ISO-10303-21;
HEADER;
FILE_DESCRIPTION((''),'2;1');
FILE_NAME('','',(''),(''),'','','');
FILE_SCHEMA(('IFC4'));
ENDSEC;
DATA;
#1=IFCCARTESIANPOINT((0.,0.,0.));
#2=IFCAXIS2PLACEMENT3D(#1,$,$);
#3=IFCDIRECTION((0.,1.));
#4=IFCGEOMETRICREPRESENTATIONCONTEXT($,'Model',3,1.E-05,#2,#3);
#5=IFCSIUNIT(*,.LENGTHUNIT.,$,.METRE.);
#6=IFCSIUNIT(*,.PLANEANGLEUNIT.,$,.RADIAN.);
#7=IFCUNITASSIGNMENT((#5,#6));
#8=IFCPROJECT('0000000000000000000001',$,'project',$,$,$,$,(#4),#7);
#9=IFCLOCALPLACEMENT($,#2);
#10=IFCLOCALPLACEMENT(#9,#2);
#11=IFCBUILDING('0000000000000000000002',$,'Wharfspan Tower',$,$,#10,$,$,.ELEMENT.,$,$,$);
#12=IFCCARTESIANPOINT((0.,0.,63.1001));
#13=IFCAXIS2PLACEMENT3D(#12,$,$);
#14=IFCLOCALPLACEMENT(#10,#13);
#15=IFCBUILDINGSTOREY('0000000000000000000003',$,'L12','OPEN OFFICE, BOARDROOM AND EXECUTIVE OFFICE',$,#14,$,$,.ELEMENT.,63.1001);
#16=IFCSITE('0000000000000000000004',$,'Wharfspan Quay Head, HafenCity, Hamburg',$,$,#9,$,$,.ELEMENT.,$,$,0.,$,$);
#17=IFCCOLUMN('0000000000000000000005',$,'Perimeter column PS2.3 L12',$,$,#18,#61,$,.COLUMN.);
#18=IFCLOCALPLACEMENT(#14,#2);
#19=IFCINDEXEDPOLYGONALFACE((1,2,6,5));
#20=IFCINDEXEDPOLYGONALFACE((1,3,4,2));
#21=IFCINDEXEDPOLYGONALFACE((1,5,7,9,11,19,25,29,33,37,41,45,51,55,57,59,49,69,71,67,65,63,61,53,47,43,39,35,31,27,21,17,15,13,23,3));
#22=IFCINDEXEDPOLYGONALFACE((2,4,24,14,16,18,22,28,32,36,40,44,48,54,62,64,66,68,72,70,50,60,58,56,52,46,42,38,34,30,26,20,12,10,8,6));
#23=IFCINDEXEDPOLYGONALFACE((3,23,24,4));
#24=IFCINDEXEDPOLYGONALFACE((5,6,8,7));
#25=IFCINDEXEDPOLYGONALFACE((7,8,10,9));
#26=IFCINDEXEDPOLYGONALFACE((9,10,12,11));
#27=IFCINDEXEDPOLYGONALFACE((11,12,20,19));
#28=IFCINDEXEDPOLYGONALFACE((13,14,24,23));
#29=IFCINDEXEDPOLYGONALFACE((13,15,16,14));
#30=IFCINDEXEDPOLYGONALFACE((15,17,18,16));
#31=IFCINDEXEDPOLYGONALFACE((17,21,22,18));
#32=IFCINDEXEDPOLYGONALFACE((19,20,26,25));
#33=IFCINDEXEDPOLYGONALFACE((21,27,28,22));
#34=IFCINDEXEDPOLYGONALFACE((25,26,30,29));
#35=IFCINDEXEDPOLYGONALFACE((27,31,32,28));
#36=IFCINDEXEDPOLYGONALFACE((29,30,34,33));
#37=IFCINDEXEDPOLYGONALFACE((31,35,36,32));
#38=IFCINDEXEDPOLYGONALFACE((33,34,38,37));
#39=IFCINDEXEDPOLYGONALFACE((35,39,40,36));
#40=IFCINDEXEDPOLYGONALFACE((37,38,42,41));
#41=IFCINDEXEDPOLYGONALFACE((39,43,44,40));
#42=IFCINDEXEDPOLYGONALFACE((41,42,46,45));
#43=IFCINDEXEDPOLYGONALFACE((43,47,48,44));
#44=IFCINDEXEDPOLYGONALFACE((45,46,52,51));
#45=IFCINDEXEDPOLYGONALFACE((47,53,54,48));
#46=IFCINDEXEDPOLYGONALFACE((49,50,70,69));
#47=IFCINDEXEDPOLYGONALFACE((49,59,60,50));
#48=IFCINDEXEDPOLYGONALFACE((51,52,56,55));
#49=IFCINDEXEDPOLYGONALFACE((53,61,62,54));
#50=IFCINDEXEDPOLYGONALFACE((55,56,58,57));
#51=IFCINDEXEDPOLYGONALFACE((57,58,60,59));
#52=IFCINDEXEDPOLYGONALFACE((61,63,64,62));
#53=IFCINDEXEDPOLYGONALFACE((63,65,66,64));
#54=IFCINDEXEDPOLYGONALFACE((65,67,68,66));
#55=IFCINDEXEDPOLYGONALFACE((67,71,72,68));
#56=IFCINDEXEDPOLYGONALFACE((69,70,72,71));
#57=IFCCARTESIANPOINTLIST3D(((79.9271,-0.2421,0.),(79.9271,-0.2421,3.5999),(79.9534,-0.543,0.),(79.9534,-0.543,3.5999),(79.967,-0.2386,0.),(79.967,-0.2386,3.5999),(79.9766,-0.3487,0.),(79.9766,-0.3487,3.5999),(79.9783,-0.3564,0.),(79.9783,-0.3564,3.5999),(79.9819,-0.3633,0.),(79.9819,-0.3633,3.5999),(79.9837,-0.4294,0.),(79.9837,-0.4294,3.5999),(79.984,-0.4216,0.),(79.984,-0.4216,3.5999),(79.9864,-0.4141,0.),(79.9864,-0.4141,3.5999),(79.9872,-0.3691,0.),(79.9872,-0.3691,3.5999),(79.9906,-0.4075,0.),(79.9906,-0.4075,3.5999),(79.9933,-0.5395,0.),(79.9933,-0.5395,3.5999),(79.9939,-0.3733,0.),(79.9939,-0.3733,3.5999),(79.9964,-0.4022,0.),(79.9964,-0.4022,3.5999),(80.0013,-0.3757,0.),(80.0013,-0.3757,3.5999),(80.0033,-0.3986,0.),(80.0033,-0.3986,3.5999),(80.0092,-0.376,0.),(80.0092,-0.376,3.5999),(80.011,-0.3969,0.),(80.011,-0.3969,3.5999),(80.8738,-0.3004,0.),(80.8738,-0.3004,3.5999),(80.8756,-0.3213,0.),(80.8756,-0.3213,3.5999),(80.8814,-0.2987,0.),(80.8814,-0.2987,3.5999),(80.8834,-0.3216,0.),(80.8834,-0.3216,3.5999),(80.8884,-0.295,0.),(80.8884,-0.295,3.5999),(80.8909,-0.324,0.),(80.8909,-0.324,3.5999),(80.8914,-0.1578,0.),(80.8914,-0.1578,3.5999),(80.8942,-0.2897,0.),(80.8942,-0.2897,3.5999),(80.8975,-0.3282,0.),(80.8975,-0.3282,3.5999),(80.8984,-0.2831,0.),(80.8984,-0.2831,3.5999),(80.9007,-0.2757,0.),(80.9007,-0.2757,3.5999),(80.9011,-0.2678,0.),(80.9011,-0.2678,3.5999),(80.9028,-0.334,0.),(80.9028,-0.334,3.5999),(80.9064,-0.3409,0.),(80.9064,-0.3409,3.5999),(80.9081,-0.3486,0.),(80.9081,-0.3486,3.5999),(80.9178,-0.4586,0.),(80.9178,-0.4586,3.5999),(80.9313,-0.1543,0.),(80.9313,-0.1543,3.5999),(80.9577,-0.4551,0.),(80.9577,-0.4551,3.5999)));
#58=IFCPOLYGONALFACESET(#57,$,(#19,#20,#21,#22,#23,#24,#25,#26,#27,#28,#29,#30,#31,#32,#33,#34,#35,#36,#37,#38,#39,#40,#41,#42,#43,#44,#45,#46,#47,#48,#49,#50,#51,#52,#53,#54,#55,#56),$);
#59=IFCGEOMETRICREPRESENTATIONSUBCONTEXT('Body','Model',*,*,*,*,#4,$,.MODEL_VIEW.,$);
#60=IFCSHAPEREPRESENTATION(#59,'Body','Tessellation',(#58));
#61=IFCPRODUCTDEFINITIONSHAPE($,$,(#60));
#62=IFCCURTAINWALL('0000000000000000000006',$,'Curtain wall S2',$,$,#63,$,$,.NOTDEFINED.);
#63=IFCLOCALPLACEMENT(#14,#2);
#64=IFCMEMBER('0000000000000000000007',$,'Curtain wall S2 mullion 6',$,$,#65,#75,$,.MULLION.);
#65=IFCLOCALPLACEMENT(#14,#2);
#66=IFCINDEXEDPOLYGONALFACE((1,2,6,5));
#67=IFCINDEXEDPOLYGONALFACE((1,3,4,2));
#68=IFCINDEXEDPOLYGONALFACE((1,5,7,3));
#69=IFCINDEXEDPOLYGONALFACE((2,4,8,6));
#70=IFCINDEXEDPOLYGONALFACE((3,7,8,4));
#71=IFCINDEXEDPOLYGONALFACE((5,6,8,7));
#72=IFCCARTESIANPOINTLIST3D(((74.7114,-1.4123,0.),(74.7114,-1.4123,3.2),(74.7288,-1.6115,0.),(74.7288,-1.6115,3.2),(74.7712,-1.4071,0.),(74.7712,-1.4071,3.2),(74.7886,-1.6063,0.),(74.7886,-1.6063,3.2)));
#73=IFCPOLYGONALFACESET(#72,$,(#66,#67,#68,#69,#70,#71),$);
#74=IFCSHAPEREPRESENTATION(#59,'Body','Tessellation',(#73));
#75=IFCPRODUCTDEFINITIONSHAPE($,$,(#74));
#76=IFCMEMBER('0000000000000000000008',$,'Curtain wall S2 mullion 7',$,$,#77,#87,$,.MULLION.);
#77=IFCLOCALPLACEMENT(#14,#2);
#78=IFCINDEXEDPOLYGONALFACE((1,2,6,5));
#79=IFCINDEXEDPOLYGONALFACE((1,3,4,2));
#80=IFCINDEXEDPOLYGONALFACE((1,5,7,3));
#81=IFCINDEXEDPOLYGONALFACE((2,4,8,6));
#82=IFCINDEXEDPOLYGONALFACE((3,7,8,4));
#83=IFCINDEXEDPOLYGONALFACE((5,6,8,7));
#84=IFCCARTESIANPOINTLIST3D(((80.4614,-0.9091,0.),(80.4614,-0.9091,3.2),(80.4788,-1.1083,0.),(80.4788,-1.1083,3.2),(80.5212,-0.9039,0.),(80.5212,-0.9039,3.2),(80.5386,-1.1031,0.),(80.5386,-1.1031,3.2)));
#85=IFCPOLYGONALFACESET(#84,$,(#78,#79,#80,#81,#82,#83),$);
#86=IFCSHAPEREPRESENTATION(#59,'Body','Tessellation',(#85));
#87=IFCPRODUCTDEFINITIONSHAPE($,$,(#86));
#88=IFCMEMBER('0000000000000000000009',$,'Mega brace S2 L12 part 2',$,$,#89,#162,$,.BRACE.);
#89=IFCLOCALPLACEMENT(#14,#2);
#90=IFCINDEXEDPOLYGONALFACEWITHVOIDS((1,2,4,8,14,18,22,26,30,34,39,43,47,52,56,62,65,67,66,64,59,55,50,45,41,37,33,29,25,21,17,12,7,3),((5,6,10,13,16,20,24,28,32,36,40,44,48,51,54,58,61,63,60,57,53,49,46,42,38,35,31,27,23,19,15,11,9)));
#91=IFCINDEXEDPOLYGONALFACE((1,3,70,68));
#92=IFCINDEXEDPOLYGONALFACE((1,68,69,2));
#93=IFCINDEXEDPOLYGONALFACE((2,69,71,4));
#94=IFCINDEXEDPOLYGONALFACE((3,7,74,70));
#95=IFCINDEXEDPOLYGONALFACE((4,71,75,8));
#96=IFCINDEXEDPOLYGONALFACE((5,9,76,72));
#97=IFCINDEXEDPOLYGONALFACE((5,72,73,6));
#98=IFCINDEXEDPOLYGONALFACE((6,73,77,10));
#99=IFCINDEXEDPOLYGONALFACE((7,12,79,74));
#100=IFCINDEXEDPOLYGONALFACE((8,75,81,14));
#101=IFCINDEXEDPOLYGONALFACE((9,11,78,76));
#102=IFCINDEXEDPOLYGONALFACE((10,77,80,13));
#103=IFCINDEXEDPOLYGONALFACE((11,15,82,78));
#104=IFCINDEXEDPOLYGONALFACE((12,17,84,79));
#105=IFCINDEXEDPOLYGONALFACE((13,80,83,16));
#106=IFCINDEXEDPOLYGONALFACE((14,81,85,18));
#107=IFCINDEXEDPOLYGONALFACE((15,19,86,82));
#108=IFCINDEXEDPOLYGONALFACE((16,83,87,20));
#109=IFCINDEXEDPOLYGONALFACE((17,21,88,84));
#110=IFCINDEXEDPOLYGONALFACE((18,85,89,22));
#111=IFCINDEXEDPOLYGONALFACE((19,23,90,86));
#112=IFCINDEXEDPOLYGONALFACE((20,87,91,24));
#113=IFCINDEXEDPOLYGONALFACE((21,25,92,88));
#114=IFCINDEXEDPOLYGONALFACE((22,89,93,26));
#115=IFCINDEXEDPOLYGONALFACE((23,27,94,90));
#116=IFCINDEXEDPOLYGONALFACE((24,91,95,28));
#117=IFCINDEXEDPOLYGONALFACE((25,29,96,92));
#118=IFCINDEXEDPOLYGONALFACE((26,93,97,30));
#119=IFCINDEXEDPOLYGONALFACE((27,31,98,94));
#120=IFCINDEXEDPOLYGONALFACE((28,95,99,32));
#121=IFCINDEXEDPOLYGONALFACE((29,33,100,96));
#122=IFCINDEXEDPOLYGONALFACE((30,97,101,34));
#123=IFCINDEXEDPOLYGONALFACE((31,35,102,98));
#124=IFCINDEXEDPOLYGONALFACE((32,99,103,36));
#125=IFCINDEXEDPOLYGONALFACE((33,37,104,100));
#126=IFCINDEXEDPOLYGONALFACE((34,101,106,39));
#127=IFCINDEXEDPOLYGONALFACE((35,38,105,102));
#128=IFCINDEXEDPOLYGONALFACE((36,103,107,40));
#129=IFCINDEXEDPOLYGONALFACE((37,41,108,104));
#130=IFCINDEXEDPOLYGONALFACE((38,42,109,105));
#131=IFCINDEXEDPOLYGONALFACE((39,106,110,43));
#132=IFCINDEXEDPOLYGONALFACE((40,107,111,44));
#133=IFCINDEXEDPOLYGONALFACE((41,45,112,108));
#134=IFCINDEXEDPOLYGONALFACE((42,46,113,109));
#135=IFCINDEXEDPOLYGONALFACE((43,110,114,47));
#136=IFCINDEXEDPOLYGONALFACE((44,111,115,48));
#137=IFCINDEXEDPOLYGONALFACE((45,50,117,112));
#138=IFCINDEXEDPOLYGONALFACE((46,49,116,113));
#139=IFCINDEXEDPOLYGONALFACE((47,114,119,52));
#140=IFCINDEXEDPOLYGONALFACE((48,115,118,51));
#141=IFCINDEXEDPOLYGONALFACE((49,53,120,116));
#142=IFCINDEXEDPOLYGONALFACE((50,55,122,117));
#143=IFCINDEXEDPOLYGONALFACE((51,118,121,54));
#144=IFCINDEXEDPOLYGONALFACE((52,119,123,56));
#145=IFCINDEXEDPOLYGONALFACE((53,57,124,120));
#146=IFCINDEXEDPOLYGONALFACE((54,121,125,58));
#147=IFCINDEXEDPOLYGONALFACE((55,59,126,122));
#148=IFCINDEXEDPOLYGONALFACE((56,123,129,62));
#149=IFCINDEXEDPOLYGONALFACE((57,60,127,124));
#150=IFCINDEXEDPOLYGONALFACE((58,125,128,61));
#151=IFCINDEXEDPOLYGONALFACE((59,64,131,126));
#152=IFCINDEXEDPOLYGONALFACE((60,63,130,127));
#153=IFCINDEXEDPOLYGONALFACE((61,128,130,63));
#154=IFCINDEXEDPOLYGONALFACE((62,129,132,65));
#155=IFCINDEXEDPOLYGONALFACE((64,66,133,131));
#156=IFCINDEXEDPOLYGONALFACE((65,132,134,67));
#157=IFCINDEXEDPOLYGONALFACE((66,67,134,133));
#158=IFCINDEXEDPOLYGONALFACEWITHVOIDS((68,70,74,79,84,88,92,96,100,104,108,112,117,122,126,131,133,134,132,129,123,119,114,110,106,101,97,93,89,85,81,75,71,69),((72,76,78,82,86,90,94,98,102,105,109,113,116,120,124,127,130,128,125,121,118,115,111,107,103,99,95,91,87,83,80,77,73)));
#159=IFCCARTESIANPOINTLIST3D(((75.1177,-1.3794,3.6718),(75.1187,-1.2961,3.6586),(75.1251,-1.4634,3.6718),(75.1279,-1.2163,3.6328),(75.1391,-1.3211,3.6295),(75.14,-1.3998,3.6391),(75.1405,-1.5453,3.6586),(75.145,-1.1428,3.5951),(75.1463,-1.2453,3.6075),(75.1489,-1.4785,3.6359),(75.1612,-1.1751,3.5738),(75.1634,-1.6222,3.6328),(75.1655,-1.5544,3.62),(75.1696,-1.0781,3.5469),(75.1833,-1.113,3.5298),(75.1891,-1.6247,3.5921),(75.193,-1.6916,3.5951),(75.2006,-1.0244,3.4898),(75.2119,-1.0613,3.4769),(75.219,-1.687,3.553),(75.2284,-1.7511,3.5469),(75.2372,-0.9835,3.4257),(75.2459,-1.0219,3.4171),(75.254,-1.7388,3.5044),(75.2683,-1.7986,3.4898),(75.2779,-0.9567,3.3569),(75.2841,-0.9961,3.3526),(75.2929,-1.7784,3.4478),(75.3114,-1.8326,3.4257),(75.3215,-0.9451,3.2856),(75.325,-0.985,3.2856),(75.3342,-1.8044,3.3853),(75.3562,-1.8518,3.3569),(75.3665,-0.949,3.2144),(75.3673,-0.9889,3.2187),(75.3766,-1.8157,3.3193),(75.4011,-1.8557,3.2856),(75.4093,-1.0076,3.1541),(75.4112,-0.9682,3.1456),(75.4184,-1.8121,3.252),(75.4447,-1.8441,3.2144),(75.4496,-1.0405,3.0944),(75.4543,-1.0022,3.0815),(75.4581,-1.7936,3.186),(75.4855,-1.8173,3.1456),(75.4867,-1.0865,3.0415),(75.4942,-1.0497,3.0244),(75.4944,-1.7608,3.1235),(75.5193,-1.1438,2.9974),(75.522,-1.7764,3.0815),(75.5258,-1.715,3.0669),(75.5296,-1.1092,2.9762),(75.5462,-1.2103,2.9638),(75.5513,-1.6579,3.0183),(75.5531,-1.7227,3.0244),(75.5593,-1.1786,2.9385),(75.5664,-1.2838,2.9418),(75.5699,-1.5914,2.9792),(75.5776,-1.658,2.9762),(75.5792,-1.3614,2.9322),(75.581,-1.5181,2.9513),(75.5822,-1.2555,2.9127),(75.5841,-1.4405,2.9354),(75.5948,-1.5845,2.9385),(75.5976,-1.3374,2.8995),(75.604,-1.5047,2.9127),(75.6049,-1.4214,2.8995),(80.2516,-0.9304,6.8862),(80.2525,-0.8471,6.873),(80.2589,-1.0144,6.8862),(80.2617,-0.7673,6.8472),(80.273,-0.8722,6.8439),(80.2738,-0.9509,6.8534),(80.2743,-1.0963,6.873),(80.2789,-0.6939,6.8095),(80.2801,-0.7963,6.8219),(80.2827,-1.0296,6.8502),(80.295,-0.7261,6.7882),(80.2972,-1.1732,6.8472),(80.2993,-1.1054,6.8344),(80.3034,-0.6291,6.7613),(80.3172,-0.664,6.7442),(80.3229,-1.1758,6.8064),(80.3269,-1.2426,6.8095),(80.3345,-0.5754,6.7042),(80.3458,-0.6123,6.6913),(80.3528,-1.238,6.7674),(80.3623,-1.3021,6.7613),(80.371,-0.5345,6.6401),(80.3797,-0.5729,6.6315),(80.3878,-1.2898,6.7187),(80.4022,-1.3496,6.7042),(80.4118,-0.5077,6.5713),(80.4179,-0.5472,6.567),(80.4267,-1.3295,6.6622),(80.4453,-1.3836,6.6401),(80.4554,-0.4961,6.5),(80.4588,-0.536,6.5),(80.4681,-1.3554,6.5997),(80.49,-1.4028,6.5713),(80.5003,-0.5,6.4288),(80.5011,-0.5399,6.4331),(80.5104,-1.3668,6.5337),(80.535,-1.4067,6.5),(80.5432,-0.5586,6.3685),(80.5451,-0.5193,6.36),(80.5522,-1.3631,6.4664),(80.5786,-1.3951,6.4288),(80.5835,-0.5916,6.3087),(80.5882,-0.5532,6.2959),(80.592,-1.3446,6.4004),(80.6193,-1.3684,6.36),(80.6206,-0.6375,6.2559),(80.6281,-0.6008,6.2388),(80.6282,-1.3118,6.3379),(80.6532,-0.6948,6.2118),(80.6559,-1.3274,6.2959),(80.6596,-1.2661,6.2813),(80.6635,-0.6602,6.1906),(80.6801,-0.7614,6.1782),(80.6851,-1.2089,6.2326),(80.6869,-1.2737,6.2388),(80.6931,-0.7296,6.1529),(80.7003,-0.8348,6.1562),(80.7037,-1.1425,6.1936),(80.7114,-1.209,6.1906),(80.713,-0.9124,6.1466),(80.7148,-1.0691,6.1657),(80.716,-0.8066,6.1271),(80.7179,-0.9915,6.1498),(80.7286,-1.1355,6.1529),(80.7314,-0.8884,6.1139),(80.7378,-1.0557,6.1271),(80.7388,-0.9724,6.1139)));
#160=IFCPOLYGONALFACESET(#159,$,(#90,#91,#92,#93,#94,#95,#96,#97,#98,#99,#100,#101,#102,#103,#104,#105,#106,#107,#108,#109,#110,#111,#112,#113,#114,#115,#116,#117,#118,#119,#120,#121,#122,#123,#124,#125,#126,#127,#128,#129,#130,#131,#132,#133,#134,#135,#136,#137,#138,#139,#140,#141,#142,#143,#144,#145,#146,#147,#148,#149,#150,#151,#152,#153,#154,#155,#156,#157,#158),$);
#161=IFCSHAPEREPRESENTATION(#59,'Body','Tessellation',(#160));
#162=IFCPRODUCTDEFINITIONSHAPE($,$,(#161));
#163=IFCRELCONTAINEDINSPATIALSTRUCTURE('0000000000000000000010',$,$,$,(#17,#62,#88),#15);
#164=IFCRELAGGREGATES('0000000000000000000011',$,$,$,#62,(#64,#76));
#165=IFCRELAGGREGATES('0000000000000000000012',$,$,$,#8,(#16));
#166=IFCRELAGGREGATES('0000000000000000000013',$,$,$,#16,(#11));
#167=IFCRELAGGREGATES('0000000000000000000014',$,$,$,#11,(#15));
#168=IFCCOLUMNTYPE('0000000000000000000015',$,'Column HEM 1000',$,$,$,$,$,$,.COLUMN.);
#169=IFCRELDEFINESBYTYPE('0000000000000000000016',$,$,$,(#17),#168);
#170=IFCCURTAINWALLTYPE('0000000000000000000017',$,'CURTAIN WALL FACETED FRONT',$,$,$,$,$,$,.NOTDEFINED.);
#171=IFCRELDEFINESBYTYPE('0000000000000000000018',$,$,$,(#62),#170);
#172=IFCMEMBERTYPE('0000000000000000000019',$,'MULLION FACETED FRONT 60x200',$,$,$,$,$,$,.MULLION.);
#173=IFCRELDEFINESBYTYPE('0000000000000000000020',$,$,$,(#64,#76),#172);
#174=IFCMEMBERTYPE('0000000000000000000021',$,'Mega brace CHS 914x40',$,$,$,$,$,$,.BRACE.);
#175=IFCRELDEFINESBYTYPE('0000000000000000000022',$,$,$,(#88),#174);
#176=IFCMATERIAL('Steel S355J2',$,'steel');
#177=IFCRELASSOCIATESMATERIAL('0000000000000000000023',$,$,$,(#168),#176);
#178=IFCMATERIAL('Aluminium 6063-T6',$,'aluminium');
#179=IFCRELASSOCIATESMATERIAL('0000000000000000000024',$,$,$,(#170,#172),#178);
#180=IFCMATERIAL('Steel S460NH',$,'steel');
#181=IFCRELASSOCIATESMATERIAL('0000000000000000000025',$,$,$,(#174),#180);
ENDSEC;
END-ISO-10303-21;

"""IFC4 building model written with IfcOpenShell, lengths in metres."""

from ifc_helpers import new_model, si_unit, direction, frame, origin, origin_2d, place, context, subcontext, project, spatial, rectangle, hollow_circle, i_section, extrude, material, material_profile, profile_set, type_object, element, aggregate, save


model = new_model("IFC4")

# Units and contexts
model_context = context("Model", 3, precision=1e-05, world=origin(), true_north=direction((0.0, 1.0)))
body_context = subcontext(model_context, "Body", "Model", "MODEL_VIEW")
ifc_project = project(units=[si_unit("LENGTHUNIT", "METRE"), si_unit("PLANEANGLEUNIT", "RADIAN")], contexts=[model_context])

# Site, building, storey
site_placement = place(None, origin())
site = spatial("IfcSite", under=ifc_project, at=site_placement, Name="Wharfspan Quay Head, HafenCity, Hamburg", CompositionType="ELEMENT", RefElevation=0.0)
building_placement = place(site_placement, origin())
building = spatial("IfcBuilding", under=site, at=building_placement, Name="Wharfspan Tower", CompositionType="ELEMENT")
storey_placement = place(building_placement, frame((0.0, 0.0, 63.1001)))
storey = spatial("IfcBuildingStorey", under=building, at=storey_placement, Name="L12", Description="OPEN OFFICE, BOARDROOM AND EXECUTIVE OFFICE", CompositionType="ELEMENT", Elevation=63.1001)

# Column
ifc_material_1 = material(Name="Steel S355J2", Category="steel")
ifc_material_profile_1 = material_profile(ifc_material_1, i_section(OverallWidth=0.302, OverallDepth=1.0081, WebThickness=0.021, FlangeThickness=0.04, FilletRadius=0.03, at=origin_2d()))
ifc_profile_set_1 = profile_set([ifc_material_profile_1], Name="Steel S355J2")
column_type = type_object("IfcColumnType", Name="Column HEM 1000", PredefinedType="COLUMN", material=ifc_profile_set_1)
column_placement = place(storey_placement, frame((80.4424, -0.3486, 0.0), z_axis=(0.0, 0.0, 1.0), x_axis=(0.087156, -0.996198, 0.0)))
element("IfcColumn", 1, at=column_placement, inside=storey, type_object=column_type, Name="Perimeter column PS2.3 L12", PredefinedType="COLUMN", context=body_context, shape_type="SweptSolid", body=[
    extrude(i_section(OverallWidth=0.302, OverallDepth=1.0081, WebThickness=0.021, FlangeThickness=0.04, FilletRadius=0.03, at=origin_2d()), origin(), (0.0, 0.0, 1.0), 3.5999),
])

# Curtain wall, members
ifc_material_2 = material(Name="Aluminium 6063-T6", Category="aluminium")
curtain_wall_type = type_object("IfcCurtainWallType", Name="CURTAIN WALL FACETED FRONT", PredefinedType="NOTDEFINED", material=ifc_material_2)
curtain_wall_placement = place(storey_placement, origin())
curtain_wall = element("IfcCurtainWall", 2, at=curtain_wall_placement, inside=storey, type_object=curtain_wall_type, Name="Curtain wall S2", PredefinedType="NOTDEFINED")
ifc_material_profile_2 = material_profile(ifc_material_2, rectangle(XDim=0.2, YDim=0.0601, at=origin_2d()))
ifc_profile_set_2 = profile_set([ifc_material_profile_2], Name="Aluminium 6063-T6")
member_type_1 = type_object("IfcMemberType", Name="MULLION FACETED FRONT 60x200", PredefinedType="MULLION", material=ifc_profile_set_2)
member_1_placement = place(storey_placement, frame((74.75, -1.5093, 0.0), z_axis=(0.0, 0.0, 1.0), x_axis=(-0.087156, 0.996197, 0.0)))
member_1 = element("IfcMember", 3, at=member_1_placement, type_object=member_type_1, Name="Curtain wall S2 mullion 6", PredefinedType="MULLION", context=body_context, shape_type="SweptSolid", body=[
    extrude(rectangle(XDim=0.2, YDim=0.0601, at=origin_2d()), origin(), (0.0, 0.0, 1.0), 3.2),
])
member_2_placement = place(storey_placement, frame((80.5, -1.0061, 0.0), z_axis=(0.0, 0.0, 1.0), x_axis=(-0.087156, 0.996197, 0.0)))
member_2 = element("IfcMember", 4, at=member_2_placement, type_object=member_type_1, Name="Curtain wall S2 mullion 7", PredefinedType="MULLION", context=body_context, shape_type="SweptSolid", body=[
    extrude(rectangle(XDim=0.2, YDim=0.0601, at=origin_2d()), origin(), (0.0, 0.0, 1.0), 3.2),
])

# Member
ifc_material_3 = material(Name="Steel S460NH", Category="steel")
ifc_material_profile_3 = material_profile(ifc_material_3, hollow_circle(Radius=0.457, WallThickness=0.04, at=origin_2d()))
ifc_profile_set_3 = profile_set([ifc_material_profile_3], Name="Steel S460NH")
member_type_2 = type_object("IfcMemberType", Name="Mega brace CHS 914x40", PredefinedType="BRACE", material=ifc_profile_set_3)
member_3_placement = place(storey_placement, frame((75.3613, -1.4004, 3.2856), z_axis=(0.845253, 0.073921, 0.529228), x_axis=(-0.08712, 0.996199, -0.000003)))
element("IfcMember", 5, at=member_3_placement, inside=storey, type_object=member_type_2, Name="Mega brace S2 L12 part 2", PredefinedType="BRACE", context=body_context, shape_type="SweptSolid", body=[
    extrude(hollow_circle(Radius=0.457, WallThickness=0.04, at=origin_2d()), origin(), (0.0, 0.0, 1.0), 6.0737),
])

aggregate(curtain_wall, [member_1, member_2])

save(model, "model.ifc")
